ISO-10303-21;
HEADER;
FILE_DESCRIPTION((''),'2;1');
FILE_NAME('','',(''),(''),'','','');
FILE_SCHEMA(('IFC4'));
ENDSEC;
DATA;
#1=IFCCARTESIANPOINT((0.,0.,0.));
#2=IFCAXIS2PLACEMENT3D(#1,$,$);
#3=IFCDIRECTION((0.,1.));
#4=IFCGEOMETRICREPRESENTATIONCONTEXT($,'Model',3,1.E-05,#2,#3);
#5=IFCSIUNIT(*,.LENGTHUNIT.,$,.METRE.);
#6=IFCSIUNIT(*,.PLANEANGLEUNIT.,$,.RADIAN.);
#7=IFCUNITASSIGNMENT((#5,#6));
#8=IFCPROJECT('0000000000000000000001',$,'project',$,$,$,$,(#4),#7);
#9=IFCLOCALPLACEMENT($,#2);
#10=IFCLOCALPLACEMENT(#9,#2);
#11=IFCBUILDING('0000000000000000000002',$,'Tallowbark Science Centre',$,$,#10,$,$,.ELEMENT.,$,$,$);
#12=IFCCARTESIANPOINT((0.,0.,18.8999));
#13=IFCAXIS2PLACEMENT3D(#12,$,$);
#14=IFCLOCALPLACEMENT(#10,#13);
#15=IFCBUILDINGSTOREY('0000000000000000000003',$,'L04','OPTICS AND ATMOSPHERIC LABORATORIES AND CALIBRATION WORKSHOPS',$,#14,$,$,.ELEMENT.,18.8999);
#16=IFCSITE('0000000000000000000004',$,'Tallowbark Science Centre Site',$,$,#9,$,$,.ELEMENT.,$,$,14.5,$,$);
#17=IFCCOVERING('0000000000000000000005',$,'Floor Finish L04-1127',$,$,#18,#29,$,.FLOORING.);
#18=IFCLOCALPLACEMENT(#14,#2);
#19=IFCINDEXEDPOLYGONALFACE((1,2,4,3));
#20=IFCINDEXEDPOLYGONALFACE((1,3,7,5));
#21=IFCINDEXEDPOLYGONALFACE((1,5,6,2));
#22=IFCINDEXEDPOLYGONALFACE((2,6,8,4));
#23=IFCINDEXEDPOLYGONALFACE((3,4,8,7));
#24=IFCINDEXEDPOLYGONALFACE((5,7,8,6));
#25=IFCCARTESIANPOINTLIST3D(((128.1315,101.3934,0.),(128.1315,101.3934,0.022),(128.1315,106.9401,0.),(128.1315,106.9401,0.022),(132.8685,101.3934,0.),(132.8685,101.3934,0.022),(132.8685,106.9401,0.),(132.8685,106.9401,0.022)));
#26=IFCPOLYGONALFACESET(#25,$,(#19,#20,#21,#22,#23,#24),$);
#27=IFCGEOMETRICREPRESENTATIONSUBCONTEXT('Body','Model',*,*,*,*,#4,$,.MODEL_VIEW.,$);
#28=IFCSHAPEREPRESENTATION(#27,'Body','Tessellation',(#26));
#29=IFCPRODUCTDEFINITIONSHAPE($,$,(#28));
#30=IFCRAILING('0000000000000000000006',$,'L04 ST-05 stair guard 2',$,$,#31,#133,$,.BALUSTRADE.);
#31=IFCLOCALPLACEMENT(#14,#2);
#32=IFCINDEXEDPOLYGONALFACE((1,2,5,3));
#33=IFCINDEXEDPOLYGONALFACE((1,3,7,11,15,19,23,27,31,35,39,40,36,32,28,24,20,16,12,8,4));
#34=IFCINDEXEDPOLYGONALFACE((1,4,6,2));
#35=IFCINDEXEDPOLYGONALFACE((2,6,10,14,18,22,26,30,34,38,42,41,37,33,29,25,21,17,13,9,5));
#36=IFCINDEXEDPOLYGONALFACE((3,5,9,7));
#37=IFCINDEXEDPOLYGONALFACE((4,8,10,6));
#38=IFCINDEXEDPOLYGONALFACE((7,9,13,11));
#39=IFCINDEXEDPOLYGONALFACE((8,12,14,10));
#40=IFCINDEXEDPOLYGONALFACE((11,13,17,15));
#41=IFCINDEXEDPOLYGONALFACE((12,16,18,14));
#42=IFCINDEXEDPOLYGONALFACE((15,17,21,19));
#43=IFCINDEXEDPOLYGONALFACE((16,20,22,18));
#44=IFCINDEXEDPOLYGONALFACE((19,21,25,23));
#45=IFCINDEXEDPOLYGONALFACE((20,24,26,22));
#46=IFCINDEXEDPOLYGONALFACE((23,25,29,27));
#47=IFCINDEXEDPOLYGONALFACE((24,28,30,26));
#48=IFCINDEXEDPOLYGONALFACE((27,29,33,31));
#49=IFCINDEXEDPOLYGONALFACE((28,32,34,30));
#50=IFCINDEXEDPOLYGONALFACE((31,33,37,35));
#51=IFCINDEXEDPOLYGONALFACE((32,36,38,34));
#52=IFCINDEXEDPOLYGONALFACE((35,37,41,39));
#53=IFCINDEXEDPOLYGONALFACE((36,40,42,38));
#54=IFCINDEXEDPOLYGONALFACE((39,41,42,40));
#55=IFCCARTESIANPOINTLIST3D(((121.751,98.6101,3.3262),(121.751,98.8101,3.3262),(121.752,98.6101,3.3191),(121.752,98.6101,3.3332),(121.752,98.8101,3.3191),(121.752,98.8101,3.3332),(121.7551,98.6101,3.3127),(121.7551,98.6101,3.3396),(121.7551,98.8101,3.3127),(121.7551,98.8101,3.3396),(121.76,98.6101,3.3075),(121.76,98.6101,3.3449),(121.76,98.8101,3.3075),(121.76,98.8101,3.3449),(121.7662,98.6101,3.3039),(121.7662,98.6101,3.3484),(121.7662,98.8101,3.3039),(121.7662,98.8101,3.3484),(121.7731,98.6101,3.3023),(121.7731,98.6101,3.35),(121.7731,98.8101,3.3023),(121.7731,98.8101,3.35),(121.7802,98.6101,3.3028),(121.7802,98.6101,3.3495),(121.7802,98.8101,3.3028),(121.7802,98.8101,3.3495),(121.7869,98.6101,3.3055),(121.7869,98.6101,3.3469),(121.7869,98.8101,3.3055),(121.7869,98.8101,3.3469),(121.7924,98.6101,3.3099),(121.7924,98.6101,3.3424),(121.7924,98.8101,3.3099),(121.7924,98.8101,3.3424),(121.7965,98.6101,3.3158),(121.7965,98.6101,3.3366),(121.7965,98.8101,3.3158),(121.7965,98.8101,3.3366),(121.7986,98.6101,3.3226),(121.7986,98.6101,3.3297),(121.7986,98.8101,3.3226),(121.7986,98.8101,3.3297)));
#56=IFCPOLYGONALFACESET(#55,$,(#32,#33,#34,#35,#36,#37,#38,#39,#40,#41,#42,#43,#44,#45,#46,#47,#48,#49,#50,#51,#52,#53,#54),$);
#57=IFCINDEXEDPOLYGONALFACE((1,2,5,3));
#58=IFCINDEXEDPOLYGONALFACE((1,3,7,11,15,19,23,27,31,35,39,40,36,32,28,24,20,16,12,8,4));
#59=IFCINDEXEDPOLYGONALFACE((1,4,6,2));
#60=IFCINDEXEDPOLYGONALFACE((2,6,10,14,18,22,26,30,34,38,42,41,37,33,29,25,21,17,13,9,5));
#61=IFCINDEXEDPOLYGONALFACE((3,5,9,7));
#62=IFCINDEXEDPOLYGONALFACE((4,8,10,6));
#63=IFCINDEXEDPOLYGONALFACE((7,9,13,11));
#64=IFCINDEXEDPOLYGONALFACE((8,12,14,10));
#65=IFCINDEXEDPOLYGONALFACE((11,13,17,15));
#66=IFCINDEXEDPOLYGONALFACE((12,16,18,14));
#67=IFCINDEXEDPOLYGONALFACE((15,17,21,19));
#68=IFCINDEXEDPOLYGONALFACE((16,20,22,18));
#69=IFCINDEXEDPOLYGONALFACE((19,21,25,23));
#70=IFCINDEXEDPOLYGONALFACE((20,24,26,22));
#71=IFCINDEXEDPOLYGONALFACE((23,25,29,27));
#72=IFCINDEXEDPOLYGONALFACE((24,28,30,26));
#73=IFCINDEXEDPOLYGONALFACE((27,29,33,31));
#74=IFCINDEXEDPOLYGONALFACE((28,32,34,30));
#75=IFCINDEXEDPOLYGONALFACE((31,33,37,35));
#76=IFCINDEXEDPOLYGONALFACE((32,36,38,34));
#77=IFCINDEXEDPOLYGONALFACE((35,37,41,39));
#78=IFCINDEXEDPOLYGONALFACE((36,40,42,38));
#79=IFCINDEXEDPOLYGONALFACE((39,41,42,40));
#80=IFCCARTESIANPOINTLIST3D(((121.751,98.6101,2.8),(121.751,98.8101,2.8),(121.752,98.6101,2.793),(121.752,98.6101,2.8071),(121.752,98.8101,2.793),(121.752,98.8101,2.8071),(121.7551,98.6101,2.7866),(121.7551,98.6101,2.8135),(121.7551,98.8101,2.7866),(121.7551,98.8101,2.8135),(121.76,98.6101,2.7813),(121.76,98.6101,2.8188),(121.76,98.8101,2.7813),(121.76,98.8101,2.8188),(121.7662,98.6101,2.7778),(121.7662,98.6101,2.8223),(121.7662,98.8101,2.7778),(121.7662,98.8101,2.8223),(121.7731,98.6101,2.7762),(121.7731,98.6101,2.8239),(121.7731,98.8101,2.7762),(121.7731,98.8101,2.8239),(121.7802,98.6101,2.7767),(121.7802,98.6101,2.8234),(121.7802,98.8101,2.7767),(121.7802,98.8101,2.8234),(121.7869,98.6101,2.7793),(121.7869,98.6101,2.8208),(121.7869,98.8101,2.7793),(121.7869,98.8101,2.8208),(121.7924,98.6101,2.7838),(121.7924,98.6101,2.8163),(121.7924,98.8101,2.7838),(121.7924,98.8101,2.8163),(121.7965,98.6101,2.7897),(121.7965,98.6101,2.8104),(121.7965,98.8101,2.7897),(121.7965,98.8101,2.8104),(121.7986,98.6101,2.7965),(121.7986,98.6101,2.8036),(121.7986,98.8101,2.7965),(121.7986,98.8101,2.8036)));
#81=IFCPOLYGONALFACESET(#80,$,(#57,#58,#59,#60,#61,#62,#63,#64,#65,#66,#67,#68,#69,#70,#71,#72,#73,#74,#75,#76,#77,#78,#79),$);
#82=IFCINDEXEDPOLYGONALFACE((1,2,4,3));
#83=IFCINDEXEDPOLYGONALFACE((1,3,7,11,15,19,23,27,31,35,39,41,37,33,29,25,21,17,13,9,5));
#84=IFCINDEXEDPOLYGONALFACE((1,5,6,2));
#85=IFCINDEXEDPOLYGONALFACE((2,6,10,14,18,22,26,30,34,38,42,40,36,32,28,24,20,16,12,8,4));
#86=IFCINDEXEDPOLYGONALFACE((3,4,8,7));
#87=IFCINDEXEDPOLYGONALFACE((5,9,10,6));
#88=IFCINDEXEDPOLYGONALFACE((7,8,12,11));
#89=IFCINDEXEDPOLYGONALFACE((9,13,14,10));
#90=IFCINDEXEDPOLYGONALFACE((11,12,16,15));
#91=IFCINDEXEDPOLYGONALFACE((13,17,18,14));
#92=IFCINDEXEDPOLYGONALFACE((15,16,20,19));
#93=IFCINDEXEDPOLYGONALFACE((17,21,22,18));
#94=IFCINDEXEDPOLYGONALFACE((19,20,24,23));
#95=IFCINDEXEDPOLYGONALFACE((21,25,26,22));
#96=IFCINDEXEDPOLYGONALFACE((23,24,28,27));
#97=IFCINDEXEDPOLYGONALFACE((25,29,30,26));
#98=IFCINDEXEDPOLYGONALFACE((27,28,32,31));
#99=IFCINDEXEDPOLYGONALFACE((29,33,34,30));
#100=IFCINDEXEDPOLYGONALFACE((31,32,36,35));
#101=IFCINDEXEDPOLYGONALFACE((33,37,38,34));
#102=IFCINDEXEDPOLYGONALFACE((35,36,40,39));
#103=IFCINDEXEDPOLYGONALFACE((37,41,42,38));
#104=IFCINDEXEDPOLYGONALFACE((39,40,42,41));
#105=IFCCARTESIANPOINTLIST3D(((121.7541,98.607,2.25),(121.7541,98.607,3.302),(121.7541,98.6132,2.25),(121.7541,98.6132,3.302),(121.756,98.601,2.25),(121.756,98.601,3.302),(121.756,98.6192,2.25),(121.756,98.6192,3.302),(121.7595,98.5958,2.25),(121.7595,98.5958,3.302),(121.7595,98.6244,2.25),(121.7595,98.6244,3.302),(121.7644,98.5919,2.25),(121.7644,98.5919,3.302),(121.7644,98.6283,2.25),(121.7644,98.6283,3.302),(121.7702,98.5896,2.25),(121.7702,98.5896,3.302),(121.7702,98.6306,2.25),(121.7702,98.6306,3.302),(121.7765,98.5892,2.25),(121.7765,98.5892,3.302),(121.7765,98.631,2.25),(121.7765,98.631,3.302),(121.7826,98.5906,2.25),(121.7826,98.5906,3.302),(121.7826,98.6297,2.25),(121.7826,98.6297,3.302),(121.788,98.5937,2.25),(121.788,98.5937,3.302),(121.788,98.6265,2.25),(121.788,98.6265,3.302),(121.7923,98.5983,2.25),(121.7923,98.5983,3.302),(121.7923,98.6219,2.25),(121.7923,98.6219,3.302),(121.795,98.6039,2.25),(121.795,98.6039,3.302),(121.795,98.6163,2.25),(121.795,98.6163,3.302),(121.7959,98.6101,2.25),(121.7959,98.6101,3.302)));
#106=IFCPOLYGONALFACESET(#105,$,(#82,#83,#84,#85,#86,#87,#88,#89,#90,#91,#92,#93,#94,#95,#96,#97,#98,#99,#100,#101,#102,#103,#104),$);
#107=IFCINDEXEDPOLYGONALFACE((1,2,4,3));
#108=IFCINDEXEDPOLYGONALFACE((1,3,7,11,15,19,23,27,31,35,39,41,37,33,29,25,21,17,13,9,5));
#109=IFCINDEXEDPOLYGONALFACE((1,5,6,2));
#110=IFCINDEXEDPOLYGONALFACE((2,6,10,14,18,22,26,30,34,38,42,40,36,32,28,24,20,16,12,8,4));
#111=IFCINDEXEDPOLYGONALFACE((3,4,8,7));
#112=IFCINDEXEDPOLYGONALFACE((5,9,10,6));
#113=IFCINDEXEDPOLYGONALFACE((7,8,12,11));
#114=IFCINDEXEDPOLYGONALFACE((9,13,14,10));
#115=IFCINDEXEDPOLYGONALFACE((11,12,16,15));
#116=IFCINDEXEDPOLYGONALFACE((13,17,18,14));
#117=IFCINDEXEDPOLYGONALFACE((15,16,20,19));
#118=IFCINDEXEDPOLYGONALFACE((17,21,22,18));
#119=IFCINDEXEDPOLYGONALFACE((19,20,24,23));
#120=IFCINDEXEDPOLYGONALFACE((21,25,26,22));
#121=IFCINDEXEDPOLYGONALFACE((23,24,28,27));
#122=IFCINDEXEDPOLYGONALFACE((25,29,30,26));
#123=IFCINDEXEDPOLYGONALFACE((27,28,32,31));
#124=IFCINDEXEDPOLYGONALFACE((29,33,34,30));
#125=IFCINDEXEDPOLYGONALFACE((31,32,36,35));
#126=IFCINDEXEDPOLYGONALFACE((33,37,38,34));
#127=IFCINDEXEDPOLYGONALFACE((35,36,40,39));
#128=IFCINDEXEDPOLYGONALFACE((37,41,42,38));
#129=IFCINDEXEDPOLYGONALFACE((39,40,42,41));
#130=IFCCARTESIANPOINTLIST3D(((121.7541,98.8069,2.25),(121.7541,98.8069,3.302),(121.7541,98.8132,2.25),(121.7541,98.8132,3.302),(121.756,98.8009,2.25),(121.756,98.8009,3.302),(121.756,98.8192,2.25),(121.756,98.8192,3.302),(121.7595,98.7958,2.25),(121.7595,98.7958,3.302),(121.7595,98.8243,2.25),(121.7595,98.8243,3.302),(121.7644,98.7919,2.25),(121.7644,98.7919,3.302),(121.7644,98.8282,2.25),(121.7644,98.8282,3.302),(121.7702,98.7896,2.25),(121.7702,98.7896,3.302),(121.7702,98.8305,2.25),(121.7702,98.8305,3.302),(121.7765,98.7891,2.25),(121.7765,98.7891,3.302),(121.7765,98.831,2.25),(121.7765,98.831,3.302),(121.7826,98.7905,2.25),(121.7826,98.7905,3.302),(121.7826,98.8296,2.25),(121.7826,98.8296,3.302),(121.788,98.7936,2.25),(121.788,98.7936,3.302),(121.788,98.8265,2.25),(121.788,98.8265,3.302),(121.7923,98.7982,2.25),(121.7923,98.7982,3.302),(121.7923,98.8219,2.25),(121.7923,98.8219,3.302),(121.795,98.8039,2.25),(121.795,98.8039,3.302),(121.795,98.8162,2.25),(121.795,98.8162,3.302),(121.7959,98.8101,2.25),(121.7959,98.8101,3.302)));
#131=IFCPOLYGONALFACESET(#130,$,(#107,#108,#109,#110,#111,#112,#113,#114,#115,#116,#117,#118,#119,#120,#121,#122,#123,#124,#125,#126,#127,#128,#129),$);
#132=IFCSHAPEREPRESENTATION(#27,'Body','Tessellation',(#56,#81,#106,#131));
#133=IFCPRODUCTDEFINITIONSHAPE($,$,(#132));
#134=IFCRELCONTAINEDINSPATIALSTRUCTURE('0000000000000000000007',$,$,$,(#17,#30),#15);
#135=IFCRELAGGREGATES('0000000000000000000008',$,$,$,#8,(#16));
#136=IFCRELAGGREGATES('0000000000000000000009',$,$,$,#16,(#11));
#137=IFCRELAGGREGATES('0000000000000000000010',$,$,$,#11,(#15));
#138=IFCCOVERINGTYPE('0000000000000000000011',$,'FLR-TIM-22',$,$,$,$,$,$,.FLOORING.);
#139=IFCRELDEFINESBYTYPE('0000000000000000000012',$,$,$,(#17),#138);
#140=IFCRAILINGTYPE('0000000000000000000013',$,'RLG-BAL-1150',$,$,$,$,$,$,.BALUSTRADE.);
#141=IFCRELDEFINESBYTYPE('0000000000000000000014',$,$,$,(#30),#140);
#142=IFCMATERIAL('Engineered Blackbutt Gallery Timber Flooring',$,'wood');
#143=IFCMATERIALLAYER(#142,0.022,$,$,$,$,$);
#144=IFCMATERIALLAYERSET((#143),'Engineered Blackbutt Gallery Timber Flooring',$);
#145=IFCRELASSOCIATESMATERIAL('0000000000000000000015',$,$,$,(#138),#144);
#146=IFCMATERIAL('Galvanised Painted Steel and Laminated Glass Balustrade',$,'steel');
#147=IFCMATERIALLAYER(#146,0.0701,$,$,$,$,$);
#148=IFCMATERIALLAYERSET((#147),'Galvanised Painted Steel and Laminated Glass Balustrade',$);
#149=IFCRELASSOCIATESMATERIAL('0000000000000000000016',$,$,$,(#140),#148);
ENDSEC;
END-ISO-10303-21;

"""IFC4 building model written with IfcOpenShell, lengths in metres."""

from ifc_helpers import new_model, si_unit, direction, frame, origin, origin_2d, place, context, subcontext, project, spatial, rectangle, circle, extrude, material, layer, layer_set, type_object, element, save


model = new_model("IFC4")

# Units and contexts
model_context = context("Model", 3, precision=1e-05, world=origin(), true_north=direction((0.0, 1.0)))
body_context = subcontext(model_context, "Body", "Model", "MODEL_VIEW")
ifc_project = project(units=[si_unit("LENGTHUNIT", "METRE"), si_unit("PLANEANGLEUNIT", "RADIAN")], contexts=[model_context])

# Site, building, storey
site_placement = place(None, origin())
site = spatial("IfcSite", under=ifc_project, at=site_placement, Name="Tallowbark Science Centre Site", CompositionType="ELEMENT", RefElevation=14.5)
building_placement = place(site_placement, origin())
building = spatial("IfcBuilding", under=site, at=building_placement, Name="Tallowbark Science Centre", CompositionType="ELEMENT")
storey_placement = place(building_placement, frame((0.0, 0.0, 18.8999)))
storey = spatial("IfcBuildingStorey", under=building, at=storey_placement, Name="L04", Description="OPTICS AND ATMOSPHERIC LABORATORIES AND CALIBRATION WORKSHOPS", CompositionType="ELEMENT", Elevation=18.8999)

# Covering
ifc_material_1 = material(Name="Engineered Blackbutt Gallery Timber Flooring", Category="wood")
ifc_layer_1 = layer(ifc_material_1, 0.022)
ifc_layer_set_1 = layer_set([ifc_layer_1], Name="Engineered Blackbutt Gallery Timber Flooring")
covering_type_1 = type_object("IfcCoveringType", Name="FLR-TIM-22", PredefinedType="FLOORING", material=ifc_layer_set_1)
for number, where, z_axis, x_axis, name in (
    (1, (130.5, 104.1667, 0.0), (0.0, 0.0, 1.0), (1.0, 0.0, 0.0), "Floor Finish L04-1127"),
):
    element("IfcCovering", number, at=place(storey_placement, frame(where, z_axis=z_axis, x_axis=x_axis)), inside=storey, type_object=covering_type_1, Name=name, PredefinedType="FLOORING", context=body_context, shape_type="SweptSolid", body=[
        extrude(rectangle(XDim=4.7371, YDim=5.5466, at=origin_2d()), origin(), (0.0, 0.0, 1.0), 0.022),
    ])

# Railing
ifc_material_2 = material(Name="Galvanised Painted Steel and Laminated Glass Balustrade", Category="steel")
ifc_layer_2 = layer(ifc_material_2, 0.0701)
ifc_layer_set_2 = layer_set([ifc_layer_2], Name="Galvanised Painted Steel and Laminated Glass Balustrade")
railing_type_1 = type_object("IfcRailingType", Name="RLG-BAL-1150", PredefinedType="BALUSTRADE", material=ifc_layer_set_2)
railing_1_placement = place(storey_placement, frame((121.7749, 98.6101, 2.25)))
element("IfcRailing", 2, at=railing_1_placement, inside=storey, type_object=railing_type_1, Name="L04 ST-05 stair guard 2", PredefinedType="BALUSTRADE", context=body_context, shape_type="SweptSolid", body=[
    extrude(circle(Radius=0.0239, at=origin_2d()), frame((0.0, 0.0, 1.0762), z_axis=(0.0, 1.0, 0.0), x_axis=(-1.0, 0.0, 0.0)), (0.0, 0.0, 1.0), 0.2),
    extrude(circle(Radius=0.0239, at=origin_2d()), frame((0.0, 0.0, 0.55), z_axis=(0.0, 1.0, 0.0), x_axis=(-1.0, 0.0, 0.0)), (0.0, 0.0, 1.0), 0.2),
    extrude(circle(Radius=0.021, at=origin_2d()), origin(), (0.0, 0.0, 1.0), 1.052),
    extrude(circle(Radius=0.021, at=origin_2d()), frame((0.0, 0.2, 0.0)), (0.0, 0.0, 1.0), 1.052),
])

save(model, "model.ifc")
